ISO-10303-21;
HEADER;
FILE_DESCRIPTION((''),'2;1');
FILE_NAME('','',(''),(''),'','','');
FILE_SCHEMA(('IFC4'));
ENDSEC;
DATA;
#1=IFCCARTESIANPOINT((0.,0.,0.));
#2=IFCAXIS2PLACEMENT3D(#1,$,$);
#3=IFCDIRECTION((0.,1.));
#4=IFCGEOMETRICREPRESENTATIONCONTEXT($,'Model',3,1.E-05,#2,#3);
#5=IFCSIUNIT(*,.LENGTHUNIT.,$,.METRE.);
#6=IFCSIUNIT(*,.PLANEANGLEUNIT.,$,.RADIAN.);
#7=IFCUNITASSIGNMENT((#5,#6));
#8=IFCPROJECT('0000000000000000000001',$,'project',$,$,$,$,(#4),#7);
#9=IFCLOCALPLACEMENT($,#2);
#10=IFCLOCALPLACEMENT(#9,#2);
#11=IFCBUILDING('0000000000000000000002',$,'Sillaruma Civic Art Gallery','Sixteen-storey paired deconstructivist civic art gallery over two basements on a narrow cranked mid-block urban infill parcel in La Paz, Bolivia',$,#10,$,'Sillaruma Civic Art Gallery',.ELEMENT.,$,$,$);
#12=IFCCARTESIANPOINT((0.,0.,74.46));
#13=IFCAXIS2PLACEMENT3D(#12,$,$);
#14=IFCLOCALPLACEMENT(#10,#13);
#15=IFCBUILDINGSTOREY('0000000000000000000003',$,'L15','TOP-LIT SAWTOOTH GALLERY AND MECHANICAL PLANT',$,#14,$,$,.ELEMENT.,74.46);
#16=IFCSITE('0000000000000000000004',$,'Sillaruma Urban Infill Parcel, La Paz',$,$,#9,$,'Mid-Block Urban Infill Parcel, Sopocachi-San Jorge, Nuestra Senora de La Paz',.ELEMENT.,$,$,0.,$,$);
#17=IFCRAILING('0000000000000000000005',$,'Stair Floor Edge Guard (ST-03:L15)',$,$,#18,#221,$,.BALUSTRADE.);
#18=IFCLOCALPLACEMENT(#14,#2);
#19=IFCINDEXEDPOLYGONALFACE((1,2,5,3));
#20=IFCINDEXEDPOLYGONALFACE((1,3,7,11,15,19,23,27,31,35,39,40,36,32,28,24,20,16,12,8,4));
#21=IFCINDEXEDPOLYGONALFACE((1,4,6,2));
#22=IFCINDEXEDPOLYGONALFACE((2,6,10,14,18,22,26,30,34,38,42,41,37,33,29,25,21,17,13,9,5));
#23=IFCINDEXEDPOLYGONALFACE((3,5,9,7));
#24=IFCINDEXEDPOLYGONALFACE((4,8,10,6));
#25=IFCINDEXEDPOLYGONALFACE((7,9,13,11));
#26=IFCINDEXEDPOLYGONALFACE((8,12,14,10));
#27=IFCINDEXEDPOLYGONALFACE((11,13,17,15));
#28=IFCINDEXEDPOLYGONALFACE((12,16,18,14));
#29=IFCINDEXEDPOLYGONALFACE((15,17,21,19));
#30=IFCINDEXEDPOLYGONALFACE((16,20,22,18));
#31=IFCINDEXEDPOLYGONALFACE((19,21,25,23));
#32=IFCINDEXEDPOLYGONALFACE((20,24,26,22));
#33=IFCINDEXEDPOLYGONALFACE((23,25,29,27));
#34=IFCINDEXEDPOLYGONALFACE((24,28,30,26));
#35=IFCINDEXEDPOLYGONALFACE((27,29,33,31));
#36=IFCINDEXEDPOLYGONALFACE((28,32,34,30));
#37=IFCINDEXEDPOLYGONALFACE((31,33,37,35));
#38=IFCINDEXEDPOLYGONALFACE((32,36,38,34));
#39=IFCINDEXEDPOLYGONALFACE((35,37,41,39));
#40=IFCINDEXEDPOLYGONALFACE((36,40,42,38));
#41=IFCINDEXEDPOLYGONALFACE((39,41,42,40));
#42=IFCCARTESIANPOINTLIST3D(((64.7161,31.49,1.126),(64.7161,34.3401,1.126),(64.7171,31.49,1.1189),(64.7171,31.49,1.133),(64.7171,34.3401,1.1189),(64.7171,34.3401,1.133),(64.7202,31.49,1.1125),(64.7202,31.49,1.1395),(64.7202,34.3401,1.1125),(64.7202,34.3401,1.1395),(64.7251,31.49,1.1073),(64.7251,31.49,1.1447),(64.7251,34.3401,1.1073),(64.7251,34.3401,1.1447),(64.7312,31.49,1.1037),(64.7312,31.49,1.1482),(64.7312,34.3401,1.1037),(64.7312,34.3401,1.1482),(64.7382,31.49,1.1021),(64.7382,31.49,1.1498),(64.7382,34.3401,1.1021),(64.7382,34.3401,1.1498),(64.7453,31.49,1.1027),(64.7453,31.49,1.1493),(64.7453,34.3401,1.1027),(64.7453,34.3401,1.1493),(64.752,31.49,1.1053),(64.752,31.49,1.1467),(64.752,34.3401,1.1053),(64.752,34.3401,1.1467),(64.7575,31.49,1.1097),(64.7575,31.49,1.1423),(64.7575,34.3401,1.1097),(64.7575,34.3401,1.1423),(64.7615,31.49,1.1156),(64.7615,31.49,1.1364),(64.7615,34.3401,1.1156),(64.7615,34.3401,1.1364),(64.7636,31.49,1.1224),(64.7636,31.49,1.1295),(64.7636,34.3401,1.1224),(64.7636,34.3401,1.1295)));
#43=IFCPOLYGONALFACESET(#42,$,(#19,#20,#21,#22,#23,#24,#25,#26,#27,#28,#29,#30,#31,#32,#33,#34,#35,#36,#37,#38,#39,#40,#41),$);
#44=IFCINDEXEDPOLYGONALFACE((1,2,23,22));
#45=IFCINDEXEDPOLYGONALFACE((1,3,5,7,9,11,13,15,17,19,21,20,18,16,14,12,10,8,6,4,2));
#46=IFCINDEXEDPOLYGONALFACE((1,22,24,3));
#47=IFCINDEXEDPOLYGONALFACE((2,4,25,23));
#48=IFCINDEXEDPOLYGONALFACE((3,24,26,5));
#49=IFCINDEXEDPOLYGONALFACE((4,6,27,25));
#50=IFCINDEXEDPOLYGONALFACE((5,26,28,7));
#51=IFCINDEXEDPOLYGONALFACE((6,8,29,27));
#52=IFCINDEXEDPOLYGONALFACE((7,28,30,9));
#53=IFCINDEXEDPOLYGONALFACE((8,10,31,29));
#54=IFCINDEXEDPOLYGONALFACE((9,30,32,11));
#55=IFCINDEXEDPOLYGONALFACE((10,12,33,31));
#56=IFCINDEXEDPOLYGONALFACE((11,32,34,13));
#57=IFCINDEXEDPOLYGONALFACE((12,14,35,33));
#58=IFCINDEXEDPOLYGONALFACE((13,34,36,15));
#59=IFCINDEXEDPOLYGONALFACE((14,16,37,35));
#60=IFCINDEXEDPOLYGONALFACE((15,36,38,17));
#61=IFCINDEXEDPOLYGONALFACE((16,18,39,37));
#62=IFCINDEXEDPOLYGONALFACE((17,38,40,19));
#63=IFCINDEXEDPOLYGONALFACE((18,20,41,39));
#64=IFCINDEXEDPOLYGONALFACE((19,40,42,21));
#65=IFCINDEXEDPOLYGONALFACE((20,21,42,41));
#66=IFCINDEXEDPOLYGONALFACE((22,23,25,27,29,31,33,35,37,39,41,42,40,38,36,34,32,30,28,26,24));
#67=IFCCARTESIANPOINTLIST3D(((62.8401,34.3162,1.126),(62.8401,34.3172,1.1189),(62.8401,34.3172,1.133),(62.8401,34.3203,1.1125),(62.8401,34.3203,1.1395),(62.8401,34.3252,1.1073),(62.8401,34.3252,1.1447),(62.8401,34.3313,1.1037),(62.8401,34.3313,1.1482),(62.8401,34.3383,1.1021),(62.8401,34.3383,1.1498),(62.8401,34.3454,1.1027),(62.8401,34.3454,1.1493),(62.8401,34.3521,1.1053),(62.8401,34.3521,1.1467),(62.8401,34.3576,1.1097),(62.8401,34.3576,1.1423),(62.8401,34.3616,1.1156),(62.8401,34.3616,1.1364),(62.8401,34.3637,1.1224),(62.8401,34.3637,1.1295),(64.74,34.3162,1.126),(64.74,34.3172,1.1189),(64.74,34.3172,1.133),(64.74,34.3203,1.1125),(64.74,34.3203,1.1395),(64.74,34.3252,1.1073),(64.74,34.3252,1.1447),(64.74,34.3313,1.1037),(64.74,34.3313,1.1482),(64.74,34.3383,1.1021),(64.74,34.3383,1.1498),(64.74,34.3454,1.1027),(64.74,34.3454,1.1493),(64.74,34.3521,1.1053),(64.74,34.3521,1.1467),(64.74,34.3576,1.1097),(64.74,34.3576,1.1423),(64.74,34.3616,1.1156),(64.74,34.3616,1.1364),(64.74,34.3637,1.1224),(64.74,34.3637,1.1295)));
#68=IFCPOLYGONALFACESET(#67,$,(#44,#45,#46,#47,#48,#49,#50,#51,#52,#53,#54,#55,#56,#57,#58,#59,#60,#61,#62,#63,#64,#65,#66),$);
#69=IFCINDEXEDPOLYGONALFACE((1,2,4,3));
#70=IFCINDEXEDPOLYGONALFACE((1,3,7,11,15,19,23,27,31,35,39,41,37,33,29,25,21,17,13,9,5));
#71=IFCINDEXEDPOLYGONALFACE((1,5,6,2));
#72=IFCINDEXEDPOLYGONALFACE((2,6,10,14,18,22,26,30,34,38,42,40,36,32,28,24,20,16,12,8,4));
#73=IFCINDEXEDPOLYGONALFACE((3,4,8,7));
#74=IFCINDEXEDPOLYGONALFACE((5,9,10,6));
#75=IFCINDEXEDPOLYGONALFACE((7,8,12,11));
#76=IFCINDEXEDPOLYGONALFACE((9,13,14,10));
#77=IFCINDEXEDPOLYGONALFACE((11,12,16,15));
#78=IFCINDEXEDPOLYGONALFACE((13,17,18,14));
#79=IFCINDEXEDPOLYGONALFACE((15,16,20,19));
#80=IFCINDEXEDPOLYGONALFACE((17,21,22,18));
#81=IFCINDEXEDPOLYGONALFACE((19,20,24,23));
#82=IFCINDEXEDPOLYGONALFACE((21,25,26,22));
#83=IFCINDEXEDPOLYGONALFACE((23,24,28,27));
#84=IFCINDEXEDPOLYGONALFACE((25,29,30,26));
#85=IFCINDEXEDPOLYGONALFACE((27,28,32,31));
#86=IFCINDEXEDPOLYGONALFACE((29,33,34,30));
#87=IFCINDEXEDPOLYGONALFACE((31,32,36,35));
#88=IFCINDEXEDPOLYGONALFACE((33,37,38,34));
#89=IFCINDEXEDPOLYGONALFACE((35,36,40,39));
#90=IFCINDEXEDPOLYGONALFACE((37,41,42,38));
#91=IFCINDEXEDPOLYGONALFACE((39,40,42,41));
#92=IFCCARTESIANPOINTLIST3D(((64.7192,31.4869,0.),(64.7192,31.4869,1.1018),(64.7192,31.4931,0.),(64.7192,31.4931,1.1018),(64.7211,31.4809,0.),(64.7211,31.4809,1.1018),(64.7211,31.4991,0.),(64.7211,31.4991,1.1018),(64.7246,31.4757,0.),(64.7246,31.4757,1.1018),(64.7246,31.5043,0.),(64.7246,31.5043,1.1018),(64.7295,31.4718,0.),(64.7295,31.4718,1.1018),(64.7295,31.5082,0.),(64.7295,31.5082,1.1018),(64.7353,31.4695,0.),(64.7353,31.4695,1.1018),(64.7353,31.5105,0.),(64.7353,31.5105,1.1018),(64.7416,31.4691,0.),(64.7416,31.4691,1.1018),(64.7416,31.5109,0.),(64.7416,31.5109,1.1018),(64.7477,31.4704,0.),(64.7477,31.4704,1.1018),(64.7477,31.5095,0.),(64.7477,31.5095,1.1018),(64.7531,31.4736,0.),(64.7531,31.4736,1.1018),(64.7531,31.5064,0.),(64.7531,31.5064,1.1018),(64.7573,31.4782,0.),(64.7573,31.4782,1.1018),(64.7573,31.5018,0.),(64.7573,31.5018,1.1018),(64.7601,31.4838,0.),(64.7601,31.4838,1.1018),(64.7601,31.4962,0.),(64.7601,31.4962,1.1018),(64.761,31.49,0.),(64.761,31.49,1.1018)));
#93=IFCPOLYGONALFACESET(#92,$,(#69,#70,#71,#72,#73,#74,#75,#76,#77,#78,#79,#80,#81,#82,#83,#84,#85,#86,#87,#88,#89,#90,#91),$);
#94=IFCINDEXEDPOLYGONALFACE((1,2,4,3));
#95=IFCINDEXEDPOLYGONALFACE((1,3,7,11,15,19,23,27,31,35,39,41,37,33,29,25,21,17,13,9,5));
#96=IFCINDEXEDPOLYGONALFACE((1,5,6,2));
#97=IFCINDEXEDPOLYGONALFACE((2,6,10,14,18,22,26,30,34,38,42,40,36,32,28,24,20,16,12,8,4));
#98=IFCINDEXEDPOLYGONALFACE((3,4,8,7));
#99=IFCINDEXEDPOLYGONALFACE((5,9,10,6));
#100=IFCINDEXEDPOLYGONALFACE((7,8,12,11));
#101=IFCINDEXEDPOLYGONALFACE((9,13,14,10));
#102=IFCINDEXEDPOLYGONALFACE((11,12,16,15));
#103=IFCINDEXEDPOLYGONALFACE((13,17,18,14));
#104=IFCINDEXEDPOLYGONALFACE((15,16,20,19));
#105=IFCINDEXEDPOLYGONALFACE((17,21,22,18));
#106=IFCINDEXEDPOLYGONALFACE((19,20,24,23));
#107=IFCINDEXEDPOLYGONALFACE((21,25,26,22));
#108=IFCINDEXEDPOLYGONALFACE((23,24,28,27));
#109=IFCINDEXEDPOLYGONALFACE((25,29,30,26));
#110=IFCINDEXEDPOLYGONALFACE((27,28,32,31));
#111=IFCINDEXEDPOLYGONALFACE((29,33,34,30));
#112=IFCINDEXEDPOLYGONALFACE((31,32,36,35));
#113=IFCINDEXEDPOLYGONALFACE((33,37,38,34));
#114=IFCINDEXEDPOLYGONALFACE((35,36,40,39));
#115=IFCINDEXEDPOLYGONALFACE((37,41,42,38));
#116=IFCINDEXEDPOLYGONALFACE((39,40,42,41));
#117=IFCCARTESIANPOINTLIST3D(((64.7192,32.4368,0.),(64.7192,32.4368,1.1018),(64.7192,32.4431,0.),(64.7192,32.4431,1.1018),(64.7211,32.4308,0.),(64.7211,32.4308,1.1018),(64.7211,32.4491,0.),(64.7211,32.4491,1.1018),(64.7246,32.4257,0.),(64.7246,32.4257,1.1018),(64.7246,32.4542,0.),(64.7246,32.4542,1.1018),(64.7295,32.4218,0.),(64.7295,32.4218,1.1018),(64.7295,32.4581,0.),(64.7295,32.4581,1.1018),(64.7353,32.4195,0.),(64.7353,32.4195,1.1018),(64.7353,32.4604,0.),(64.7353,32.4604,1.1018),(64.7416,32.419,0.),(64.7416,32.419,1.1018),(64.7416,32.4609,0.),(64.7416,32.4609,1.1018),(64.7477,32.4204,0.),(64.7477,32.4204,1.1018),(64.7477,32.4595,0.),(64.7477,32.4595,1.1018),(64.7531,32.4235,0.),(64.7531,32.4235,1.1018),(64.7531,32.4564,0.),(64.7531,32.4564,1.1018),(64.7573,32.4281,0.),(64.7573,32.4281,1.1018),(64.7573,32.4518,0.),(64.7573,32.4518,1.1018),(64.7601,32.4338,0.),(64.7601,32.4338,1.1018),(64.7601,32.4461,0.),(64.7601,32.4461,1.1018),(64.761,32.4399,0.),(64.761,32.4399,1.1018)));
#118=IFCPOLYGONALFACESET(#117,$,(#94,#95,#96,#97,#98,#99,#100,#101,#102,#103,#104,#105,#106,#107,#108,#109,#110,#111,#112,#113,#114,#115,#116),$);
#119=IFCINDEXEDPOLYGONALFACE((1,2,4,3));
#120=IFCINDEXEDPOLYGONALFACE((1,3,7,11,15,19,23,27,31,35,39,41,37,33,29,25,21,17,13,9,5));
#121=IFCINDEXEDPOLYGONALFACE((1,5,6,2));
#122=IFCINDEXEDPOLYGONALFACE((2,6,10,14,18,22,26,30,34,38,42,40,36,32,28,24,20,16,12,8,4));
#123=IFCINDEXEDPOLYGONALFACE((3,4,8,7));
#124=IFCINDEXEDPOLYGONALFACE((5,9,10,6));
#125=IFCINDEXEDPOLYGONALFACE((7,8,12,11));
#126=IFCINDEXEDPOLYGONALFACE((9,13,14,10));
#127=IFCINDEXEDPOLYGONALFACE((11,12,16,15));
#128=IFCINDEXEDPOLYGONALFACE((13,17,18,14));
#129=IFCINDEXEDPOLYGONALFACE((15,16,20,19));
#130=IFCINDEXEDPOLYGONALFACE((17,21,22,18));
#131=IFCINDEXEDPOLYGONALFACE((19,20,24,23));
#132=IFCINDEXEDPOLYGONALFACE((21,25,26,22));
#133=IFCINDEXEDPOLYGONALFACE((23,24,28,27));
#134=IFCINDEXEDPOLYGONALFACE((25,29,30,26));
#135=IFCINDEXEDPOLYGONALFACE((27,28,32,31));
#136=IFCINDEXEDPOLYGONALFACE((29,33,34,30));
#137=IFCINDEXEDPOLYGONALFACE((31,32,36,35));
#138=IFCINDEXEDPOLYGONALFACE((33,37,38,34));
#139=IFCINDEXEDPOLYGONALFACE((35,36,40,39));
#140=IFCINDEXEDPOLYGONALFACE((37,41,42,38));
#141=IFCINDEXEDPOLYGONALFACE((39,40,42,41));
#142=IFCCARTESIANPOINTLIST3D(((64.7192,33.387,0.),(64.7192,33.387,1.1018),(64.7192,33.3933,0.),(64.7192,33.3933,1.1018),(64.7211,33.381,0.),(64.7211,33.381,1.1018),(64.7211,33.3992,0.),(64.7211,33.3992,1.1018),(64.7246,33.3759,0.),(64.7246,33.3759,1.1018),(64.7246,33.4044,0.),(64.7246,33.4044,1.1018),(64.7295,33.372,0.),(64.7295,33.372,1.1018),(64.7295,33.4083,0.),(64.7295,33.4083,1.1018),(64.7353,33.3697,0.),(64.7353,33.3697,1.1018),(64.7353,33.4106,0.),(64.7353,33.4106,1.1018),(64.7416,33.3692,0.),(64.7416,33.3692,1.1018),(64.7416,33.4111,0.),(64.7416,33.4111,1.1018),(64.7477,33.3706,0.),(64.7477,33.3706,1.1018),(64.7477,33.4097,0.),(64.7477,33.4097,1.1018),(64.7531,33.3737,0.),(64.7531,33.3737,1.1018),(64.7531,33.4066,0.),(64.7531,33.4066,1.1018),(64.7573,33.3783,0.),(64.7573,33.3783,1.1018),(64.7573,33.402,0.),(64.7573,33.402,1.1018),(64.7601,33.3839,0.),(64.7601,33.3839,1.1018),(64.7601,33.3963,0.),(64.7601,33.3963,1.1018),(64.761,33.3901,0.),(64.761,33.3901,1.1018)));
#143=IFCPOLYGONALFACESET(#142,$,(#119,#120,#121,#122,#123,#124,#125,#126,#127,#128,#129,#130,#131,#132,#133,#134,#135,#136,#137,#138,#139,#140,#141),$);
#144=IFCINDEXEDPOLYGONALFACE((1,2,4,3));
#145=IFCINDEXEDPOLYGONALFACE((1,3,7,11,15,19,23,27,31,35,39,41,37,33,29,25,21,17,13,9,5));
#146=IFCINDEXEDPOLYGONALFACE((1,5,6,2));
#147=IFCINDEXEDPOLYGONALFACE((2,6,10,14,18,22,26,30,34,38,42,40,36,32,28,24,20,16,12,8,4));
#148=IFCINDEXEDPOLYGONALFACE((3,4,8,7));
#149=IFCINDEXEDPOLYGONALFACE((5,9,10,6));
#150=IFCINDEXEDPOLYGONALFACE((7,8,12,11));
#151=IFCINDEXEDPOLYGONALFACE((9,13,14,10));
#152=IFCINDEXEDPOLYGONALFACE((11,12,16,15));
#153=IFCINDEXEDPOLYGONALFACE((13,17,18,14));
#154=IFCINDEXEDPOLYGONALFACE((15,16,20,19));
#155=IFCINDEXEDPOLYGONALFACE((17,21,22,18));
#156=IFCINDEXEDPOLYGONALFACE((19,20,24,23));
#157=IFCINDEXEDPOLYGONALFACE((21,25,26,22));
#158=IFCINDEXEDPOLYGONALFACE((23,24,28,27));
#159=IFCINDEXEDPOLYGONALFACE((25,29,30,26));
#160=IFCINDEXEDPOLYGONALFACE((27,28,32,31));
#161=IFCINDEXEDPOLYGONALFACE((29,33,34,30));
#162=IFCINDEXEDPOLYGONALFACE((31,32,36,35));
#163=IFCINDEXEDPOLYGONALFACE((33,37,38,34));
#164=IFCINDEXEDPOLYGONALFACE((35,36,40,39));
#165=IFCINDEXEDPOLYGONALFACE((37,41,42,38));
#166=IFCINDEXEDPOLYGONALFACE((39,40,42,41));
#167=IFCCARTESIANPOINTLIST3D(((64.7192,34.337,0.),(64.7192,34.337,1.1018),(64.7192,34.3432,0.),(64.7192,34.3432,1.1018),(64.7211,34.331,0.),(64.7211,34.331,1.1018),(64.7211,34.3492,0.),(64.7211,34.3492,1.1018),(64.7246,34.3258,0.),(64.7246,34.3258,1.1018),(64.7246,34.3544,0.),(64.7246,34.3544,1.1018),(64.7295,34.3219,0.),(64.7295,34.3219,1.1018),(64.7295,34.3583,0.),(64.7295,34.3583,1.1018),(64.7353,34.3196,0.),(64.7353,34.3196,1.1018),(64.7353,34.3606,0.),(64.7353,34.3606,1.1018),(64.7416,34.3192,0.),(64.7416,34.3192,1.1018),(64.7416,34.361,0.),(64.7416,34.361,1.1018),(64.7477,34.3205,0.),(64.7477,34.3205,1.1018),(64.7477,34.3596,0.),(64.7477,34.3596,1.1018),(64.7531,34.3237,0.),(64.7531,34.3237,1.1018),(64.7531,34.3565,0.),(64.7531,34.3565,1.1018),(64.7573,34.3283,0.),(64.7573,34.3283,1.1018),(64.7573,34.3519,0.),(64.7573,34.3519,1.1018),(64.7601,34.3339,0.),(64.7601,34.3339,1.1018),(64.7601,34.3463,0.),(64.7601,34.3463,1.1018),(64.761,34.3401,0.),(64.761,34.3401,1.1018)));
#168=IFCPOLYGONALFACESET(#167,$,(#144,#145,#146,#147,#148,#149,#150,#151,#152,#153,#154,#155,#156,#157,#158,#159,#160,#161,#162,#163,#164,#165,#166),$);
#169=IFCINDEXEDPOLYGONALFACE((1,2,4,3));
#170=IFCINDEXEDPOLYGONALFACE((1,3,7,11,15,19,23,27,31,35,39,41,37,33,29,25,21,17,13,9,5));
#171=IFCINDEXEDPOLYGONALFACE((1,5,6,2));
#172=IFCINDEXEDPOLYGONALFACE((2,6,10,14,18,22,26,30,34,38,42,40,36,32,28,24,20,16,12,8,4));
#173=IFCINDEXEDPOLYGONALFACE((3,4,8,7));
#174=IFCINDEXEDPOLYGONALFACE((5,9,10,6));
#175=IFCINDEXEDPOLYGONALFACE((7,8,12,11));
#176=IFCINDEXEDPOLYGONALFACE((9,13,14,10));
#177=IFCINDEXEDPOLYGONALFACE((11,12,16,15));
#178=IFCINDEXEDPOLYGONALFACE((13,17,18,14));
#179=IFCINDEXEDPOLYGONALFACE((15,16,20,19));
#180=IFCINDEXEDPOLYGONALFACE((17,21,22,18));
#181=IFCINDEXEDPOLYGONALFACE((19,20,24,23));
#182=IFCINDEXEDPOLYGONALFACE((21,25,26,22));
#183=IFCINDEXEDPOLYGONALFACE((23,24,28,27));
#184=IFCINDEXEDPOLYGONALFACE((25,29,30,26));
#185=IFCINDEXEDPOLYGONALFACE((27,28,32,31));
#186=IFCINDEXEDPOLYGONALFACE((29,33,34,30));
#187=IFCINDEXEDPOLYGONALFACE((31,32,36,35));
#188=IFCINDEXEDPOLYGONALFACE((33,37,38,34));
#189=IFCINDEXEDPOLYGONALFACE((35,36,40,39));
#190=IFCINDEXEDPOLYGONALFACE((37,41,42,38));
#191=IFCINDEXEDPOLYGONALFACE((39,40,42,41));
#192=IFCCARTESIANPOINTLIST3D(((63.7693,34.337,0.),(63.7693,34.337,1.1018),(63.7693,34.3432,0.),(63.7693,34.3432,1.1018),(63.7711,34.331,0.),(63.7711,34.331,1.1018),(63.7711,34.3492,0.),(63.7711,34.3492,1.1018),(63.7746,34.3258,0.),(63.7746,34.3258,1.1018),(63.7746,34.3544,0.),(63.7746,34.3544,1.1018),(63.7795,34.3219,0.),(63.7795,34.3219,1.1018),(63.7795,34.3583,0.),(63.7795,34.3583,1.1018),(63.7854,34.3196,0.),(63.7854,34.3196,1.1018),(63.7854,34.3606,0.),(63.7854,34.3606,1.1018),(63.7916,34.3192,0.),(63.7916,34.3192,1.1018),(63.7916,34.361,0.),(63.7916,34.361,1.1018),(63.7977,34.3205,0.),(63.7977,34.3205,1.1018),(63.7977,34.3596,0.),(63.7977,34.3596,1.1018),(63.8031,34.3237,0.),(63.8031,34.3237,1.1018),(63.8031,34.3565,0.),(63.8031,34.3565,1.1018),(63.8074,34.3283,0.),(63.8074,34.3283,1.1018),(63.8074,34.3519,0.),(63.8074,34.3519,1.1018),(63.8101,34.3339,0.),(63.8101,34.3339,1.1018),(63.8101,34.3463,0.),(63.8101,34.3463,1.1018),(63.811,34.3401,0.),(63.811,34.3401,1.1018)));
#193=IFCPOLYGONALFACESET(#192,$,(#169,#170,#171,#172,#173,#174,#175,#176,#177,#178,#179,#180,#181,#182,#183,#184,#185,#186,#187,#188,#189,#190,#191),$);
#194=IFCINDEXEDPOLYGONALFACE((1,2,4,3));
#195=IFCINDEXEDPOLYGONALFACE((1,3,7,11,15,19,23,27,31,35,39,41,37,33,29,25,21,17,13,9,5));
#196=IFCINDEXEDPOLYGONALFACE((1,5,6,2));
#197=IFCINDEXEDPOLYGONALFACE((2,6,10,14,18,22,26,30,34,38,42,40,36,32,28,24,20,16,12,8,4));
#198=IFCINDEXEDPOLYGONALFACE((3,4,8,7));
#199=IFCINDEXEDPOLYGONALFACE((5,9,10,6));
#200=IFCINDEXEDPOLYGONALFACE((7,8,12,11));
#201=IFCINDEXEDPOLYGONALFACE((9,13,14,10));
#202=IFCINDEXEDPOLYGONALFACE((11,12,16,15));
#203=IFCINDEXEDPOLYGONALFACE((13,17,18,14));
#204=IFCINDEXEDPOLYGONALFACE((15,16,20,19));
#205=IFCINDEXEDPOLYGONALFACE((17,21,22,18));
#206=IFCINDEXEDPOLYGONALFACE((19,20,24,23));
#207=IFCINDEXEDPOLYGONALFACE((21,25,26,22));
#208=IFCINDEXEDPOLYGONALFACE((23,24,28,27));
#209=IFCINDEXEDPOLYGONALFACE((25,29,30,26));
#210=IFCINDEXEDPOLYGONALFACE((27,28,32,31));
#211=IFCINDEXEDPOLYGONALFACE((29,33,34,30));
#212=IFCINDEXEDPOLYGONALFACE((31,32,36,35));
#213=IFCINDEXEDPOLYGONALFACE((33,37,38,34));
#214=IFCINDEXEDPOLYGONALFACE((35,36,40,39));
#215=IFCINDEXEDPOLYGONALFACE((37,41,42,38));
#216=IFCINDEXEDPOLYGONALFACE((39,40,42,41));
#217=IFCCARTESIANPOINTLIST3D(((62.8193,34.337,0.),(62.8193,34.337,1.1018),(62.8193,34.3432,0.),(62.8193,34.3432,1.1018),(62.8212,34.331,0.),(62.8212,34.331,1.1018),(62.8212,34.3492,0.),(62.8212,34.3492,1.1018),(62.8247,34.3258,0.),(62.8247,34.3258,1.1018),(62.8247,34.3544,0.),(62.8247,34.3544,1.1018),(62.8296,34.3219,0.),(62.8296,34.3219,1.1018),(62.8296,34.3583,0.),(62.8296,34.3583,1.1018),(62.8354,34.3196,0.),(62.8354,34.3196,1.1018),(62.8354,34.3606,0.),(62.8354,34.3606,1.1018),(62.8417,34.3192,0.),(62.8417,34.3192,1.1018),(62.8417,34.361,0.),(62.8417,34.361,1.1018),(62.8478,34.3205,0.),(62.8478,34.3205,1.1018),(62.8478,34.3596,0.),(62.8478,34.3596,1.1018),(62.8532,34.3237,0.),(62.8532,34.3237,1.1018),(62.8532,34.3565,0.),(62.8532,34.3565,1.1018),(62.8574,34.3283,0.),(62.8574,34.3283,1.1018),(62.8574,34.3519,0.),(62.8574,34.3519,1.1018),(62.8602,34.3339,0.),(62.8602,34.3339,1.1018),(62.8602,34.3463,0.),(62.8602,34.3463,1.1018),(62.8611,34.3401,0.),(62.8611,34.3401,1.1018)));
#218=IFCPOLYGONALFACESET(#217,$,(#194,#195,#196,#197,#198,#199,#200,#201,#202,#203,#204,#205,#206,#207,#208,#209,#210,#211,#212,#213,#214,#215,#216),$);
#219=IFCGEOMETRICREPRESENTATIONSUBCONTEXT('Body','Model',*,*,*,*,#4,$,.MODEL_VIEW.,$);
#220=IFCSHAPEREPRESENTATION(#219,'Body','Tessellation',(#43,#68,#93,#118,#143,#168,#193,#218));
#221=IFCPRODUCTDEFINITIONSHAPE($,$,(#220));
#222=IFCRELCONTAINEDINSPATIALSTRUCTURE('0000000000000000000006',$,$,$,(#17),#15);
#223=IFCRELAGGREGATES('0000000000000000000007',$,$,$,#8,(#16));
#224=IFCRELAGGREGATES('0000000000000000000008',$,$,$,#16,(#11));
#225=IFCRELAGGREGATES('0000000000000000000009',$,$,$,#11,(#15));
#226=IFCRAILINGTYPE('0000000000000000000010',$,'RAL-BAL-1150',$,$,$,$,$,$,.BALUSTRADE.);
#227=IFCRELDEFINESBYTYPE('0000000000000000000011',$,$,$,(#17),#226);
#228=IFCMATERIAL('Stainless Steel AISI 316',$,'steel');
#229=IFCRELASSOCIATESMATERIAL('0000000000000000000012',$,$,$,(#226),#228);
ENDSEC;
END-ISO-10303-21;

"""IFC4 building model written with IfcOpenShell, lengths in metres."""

from ifc_helpers import new_model, si_unit, direction, frame, origin, origin_2d, place, context, subcontext, project, spatial, circle, extrude, material, type_object, element, save


model = new_model("IFC4")

# Units and contexts
model_context = context("Model", 3, precision=1e-05, world=origin(), true_north=direction((0.0, 1.0)))
body_context = subcontext(model_context, "Body", "Model", "MODEL_VIEW")
ifc_project = project(units=[si_unit("LENGTHUNIT", "METRE"), si_unit("PLANEANGLEUNIT", "RADIAN")], contexts=[model_context])

# Site, building, storey
site_placement = place(None, origin())
site = spatial("IfcSite", under=ifc_project, at=site_placement, Name="Sillaruma Urban Infill Parcel, La Paz", LongName="Mid-Block Urban Infill Parcel, Sopocachi-San Jorge, Nuestra Senora de La Paz", CompositionType="ELEMENT", RefElevation=0.0)
building_placement = place(site_placement, origin())
building = spatial("IfcBuilding", under=site, at=building_placement, Name="Sillaruma Civic Art Gallery", Description="Sixteen-storey paired deconstructivist civic art gallery over two basements on a narrow cranked mid-block urban infill parcel in La Paz, Bolivia", LongName="Sillaruma Civic Art Gallery", CompositionType="ELEMENT")
storey_placement = place(building_placement, frame((0.0, 0.0, 74.46)))
storey = spatial("IfcBuildingStorey", under=building, at=storey_placement, Name="L15", Description="TOP-LIT SAWTOOTH GALLERY AND MECHANICAL PLANT", CompositionType="ELEMENT", Elevation=74.46)

# Railing
ifc_material_1 = material(Name="Stainless Steel AISI 316", Category="steel")
railing_type = type_object("IfcRailingType", Name="RAL-BAL-1150", PredefinedType="BALUSTRADE", material=ifc_material_1)
railing_placement = place(storey_placement, frame((64.74, 31.49, 0.0)))
element("IfcRailing", 1, at=railing_placement, inside=storey, type_object=railing_type, Name="Stair Floor Edge Guard (ST-03:L15)", PredefinedType="BALUSTRADE", context=body_context, shape_type="SweptSolid", body=[
    extrude(circle(Radius=0.0239, at=origin_2d()), frame((0.0, 0.0, 1.126), z_axis=(0.0, 1.0, 0.0), x_axis=(-1.0, 0.0, 0.0)), (0.0, 0.0, 1.0), 2.8501),
    extrude(circle(Radius=0.0239, at=origin_2d()), frame((0.0, 2.8501, 1.126), z_axis=(-1.0, 0.0, 0.0), x_axis=(0.0, -1.0, 0.0)), (0.0, 0.0, 1.0), 1.8999),
    extrude(circle(Radius=0.021, at=origin_2d()), origin(), (0.0, 0.0, 1.0), 1.1018),
    extrude(circle(Radius=0.021, at=origin_2d()), frame((0.0, 0.95, 0.0)), (0.0, 0.0, 1.0), 1.1018),
    extrude(circle(Radius=0.021, at=origin_2d()), frame((0.0, 1.9001, 0.0)), (0.0, 0.0, 1.0), 1.1018),
    extrude(circle(Radius=0.021, at=origin_2d()), frame((0.0, 2.8501, 0.0)), (0.0, 0.0, 1.0), 1.1018),
    extrude(circle(Radius=0.021, at=origin_2d()), frame((-0.95, 2.8501, 0.0)), (0.0, 0.0, 1.0), 1.1018),
    extrude(circle(Radius=0.021, at=origin_2d()), frame((-1.8999, 2.8501, 0.0)), (0.0, 0.0, 1.0), 1.1018),
])

save(model, "model.ifc")
